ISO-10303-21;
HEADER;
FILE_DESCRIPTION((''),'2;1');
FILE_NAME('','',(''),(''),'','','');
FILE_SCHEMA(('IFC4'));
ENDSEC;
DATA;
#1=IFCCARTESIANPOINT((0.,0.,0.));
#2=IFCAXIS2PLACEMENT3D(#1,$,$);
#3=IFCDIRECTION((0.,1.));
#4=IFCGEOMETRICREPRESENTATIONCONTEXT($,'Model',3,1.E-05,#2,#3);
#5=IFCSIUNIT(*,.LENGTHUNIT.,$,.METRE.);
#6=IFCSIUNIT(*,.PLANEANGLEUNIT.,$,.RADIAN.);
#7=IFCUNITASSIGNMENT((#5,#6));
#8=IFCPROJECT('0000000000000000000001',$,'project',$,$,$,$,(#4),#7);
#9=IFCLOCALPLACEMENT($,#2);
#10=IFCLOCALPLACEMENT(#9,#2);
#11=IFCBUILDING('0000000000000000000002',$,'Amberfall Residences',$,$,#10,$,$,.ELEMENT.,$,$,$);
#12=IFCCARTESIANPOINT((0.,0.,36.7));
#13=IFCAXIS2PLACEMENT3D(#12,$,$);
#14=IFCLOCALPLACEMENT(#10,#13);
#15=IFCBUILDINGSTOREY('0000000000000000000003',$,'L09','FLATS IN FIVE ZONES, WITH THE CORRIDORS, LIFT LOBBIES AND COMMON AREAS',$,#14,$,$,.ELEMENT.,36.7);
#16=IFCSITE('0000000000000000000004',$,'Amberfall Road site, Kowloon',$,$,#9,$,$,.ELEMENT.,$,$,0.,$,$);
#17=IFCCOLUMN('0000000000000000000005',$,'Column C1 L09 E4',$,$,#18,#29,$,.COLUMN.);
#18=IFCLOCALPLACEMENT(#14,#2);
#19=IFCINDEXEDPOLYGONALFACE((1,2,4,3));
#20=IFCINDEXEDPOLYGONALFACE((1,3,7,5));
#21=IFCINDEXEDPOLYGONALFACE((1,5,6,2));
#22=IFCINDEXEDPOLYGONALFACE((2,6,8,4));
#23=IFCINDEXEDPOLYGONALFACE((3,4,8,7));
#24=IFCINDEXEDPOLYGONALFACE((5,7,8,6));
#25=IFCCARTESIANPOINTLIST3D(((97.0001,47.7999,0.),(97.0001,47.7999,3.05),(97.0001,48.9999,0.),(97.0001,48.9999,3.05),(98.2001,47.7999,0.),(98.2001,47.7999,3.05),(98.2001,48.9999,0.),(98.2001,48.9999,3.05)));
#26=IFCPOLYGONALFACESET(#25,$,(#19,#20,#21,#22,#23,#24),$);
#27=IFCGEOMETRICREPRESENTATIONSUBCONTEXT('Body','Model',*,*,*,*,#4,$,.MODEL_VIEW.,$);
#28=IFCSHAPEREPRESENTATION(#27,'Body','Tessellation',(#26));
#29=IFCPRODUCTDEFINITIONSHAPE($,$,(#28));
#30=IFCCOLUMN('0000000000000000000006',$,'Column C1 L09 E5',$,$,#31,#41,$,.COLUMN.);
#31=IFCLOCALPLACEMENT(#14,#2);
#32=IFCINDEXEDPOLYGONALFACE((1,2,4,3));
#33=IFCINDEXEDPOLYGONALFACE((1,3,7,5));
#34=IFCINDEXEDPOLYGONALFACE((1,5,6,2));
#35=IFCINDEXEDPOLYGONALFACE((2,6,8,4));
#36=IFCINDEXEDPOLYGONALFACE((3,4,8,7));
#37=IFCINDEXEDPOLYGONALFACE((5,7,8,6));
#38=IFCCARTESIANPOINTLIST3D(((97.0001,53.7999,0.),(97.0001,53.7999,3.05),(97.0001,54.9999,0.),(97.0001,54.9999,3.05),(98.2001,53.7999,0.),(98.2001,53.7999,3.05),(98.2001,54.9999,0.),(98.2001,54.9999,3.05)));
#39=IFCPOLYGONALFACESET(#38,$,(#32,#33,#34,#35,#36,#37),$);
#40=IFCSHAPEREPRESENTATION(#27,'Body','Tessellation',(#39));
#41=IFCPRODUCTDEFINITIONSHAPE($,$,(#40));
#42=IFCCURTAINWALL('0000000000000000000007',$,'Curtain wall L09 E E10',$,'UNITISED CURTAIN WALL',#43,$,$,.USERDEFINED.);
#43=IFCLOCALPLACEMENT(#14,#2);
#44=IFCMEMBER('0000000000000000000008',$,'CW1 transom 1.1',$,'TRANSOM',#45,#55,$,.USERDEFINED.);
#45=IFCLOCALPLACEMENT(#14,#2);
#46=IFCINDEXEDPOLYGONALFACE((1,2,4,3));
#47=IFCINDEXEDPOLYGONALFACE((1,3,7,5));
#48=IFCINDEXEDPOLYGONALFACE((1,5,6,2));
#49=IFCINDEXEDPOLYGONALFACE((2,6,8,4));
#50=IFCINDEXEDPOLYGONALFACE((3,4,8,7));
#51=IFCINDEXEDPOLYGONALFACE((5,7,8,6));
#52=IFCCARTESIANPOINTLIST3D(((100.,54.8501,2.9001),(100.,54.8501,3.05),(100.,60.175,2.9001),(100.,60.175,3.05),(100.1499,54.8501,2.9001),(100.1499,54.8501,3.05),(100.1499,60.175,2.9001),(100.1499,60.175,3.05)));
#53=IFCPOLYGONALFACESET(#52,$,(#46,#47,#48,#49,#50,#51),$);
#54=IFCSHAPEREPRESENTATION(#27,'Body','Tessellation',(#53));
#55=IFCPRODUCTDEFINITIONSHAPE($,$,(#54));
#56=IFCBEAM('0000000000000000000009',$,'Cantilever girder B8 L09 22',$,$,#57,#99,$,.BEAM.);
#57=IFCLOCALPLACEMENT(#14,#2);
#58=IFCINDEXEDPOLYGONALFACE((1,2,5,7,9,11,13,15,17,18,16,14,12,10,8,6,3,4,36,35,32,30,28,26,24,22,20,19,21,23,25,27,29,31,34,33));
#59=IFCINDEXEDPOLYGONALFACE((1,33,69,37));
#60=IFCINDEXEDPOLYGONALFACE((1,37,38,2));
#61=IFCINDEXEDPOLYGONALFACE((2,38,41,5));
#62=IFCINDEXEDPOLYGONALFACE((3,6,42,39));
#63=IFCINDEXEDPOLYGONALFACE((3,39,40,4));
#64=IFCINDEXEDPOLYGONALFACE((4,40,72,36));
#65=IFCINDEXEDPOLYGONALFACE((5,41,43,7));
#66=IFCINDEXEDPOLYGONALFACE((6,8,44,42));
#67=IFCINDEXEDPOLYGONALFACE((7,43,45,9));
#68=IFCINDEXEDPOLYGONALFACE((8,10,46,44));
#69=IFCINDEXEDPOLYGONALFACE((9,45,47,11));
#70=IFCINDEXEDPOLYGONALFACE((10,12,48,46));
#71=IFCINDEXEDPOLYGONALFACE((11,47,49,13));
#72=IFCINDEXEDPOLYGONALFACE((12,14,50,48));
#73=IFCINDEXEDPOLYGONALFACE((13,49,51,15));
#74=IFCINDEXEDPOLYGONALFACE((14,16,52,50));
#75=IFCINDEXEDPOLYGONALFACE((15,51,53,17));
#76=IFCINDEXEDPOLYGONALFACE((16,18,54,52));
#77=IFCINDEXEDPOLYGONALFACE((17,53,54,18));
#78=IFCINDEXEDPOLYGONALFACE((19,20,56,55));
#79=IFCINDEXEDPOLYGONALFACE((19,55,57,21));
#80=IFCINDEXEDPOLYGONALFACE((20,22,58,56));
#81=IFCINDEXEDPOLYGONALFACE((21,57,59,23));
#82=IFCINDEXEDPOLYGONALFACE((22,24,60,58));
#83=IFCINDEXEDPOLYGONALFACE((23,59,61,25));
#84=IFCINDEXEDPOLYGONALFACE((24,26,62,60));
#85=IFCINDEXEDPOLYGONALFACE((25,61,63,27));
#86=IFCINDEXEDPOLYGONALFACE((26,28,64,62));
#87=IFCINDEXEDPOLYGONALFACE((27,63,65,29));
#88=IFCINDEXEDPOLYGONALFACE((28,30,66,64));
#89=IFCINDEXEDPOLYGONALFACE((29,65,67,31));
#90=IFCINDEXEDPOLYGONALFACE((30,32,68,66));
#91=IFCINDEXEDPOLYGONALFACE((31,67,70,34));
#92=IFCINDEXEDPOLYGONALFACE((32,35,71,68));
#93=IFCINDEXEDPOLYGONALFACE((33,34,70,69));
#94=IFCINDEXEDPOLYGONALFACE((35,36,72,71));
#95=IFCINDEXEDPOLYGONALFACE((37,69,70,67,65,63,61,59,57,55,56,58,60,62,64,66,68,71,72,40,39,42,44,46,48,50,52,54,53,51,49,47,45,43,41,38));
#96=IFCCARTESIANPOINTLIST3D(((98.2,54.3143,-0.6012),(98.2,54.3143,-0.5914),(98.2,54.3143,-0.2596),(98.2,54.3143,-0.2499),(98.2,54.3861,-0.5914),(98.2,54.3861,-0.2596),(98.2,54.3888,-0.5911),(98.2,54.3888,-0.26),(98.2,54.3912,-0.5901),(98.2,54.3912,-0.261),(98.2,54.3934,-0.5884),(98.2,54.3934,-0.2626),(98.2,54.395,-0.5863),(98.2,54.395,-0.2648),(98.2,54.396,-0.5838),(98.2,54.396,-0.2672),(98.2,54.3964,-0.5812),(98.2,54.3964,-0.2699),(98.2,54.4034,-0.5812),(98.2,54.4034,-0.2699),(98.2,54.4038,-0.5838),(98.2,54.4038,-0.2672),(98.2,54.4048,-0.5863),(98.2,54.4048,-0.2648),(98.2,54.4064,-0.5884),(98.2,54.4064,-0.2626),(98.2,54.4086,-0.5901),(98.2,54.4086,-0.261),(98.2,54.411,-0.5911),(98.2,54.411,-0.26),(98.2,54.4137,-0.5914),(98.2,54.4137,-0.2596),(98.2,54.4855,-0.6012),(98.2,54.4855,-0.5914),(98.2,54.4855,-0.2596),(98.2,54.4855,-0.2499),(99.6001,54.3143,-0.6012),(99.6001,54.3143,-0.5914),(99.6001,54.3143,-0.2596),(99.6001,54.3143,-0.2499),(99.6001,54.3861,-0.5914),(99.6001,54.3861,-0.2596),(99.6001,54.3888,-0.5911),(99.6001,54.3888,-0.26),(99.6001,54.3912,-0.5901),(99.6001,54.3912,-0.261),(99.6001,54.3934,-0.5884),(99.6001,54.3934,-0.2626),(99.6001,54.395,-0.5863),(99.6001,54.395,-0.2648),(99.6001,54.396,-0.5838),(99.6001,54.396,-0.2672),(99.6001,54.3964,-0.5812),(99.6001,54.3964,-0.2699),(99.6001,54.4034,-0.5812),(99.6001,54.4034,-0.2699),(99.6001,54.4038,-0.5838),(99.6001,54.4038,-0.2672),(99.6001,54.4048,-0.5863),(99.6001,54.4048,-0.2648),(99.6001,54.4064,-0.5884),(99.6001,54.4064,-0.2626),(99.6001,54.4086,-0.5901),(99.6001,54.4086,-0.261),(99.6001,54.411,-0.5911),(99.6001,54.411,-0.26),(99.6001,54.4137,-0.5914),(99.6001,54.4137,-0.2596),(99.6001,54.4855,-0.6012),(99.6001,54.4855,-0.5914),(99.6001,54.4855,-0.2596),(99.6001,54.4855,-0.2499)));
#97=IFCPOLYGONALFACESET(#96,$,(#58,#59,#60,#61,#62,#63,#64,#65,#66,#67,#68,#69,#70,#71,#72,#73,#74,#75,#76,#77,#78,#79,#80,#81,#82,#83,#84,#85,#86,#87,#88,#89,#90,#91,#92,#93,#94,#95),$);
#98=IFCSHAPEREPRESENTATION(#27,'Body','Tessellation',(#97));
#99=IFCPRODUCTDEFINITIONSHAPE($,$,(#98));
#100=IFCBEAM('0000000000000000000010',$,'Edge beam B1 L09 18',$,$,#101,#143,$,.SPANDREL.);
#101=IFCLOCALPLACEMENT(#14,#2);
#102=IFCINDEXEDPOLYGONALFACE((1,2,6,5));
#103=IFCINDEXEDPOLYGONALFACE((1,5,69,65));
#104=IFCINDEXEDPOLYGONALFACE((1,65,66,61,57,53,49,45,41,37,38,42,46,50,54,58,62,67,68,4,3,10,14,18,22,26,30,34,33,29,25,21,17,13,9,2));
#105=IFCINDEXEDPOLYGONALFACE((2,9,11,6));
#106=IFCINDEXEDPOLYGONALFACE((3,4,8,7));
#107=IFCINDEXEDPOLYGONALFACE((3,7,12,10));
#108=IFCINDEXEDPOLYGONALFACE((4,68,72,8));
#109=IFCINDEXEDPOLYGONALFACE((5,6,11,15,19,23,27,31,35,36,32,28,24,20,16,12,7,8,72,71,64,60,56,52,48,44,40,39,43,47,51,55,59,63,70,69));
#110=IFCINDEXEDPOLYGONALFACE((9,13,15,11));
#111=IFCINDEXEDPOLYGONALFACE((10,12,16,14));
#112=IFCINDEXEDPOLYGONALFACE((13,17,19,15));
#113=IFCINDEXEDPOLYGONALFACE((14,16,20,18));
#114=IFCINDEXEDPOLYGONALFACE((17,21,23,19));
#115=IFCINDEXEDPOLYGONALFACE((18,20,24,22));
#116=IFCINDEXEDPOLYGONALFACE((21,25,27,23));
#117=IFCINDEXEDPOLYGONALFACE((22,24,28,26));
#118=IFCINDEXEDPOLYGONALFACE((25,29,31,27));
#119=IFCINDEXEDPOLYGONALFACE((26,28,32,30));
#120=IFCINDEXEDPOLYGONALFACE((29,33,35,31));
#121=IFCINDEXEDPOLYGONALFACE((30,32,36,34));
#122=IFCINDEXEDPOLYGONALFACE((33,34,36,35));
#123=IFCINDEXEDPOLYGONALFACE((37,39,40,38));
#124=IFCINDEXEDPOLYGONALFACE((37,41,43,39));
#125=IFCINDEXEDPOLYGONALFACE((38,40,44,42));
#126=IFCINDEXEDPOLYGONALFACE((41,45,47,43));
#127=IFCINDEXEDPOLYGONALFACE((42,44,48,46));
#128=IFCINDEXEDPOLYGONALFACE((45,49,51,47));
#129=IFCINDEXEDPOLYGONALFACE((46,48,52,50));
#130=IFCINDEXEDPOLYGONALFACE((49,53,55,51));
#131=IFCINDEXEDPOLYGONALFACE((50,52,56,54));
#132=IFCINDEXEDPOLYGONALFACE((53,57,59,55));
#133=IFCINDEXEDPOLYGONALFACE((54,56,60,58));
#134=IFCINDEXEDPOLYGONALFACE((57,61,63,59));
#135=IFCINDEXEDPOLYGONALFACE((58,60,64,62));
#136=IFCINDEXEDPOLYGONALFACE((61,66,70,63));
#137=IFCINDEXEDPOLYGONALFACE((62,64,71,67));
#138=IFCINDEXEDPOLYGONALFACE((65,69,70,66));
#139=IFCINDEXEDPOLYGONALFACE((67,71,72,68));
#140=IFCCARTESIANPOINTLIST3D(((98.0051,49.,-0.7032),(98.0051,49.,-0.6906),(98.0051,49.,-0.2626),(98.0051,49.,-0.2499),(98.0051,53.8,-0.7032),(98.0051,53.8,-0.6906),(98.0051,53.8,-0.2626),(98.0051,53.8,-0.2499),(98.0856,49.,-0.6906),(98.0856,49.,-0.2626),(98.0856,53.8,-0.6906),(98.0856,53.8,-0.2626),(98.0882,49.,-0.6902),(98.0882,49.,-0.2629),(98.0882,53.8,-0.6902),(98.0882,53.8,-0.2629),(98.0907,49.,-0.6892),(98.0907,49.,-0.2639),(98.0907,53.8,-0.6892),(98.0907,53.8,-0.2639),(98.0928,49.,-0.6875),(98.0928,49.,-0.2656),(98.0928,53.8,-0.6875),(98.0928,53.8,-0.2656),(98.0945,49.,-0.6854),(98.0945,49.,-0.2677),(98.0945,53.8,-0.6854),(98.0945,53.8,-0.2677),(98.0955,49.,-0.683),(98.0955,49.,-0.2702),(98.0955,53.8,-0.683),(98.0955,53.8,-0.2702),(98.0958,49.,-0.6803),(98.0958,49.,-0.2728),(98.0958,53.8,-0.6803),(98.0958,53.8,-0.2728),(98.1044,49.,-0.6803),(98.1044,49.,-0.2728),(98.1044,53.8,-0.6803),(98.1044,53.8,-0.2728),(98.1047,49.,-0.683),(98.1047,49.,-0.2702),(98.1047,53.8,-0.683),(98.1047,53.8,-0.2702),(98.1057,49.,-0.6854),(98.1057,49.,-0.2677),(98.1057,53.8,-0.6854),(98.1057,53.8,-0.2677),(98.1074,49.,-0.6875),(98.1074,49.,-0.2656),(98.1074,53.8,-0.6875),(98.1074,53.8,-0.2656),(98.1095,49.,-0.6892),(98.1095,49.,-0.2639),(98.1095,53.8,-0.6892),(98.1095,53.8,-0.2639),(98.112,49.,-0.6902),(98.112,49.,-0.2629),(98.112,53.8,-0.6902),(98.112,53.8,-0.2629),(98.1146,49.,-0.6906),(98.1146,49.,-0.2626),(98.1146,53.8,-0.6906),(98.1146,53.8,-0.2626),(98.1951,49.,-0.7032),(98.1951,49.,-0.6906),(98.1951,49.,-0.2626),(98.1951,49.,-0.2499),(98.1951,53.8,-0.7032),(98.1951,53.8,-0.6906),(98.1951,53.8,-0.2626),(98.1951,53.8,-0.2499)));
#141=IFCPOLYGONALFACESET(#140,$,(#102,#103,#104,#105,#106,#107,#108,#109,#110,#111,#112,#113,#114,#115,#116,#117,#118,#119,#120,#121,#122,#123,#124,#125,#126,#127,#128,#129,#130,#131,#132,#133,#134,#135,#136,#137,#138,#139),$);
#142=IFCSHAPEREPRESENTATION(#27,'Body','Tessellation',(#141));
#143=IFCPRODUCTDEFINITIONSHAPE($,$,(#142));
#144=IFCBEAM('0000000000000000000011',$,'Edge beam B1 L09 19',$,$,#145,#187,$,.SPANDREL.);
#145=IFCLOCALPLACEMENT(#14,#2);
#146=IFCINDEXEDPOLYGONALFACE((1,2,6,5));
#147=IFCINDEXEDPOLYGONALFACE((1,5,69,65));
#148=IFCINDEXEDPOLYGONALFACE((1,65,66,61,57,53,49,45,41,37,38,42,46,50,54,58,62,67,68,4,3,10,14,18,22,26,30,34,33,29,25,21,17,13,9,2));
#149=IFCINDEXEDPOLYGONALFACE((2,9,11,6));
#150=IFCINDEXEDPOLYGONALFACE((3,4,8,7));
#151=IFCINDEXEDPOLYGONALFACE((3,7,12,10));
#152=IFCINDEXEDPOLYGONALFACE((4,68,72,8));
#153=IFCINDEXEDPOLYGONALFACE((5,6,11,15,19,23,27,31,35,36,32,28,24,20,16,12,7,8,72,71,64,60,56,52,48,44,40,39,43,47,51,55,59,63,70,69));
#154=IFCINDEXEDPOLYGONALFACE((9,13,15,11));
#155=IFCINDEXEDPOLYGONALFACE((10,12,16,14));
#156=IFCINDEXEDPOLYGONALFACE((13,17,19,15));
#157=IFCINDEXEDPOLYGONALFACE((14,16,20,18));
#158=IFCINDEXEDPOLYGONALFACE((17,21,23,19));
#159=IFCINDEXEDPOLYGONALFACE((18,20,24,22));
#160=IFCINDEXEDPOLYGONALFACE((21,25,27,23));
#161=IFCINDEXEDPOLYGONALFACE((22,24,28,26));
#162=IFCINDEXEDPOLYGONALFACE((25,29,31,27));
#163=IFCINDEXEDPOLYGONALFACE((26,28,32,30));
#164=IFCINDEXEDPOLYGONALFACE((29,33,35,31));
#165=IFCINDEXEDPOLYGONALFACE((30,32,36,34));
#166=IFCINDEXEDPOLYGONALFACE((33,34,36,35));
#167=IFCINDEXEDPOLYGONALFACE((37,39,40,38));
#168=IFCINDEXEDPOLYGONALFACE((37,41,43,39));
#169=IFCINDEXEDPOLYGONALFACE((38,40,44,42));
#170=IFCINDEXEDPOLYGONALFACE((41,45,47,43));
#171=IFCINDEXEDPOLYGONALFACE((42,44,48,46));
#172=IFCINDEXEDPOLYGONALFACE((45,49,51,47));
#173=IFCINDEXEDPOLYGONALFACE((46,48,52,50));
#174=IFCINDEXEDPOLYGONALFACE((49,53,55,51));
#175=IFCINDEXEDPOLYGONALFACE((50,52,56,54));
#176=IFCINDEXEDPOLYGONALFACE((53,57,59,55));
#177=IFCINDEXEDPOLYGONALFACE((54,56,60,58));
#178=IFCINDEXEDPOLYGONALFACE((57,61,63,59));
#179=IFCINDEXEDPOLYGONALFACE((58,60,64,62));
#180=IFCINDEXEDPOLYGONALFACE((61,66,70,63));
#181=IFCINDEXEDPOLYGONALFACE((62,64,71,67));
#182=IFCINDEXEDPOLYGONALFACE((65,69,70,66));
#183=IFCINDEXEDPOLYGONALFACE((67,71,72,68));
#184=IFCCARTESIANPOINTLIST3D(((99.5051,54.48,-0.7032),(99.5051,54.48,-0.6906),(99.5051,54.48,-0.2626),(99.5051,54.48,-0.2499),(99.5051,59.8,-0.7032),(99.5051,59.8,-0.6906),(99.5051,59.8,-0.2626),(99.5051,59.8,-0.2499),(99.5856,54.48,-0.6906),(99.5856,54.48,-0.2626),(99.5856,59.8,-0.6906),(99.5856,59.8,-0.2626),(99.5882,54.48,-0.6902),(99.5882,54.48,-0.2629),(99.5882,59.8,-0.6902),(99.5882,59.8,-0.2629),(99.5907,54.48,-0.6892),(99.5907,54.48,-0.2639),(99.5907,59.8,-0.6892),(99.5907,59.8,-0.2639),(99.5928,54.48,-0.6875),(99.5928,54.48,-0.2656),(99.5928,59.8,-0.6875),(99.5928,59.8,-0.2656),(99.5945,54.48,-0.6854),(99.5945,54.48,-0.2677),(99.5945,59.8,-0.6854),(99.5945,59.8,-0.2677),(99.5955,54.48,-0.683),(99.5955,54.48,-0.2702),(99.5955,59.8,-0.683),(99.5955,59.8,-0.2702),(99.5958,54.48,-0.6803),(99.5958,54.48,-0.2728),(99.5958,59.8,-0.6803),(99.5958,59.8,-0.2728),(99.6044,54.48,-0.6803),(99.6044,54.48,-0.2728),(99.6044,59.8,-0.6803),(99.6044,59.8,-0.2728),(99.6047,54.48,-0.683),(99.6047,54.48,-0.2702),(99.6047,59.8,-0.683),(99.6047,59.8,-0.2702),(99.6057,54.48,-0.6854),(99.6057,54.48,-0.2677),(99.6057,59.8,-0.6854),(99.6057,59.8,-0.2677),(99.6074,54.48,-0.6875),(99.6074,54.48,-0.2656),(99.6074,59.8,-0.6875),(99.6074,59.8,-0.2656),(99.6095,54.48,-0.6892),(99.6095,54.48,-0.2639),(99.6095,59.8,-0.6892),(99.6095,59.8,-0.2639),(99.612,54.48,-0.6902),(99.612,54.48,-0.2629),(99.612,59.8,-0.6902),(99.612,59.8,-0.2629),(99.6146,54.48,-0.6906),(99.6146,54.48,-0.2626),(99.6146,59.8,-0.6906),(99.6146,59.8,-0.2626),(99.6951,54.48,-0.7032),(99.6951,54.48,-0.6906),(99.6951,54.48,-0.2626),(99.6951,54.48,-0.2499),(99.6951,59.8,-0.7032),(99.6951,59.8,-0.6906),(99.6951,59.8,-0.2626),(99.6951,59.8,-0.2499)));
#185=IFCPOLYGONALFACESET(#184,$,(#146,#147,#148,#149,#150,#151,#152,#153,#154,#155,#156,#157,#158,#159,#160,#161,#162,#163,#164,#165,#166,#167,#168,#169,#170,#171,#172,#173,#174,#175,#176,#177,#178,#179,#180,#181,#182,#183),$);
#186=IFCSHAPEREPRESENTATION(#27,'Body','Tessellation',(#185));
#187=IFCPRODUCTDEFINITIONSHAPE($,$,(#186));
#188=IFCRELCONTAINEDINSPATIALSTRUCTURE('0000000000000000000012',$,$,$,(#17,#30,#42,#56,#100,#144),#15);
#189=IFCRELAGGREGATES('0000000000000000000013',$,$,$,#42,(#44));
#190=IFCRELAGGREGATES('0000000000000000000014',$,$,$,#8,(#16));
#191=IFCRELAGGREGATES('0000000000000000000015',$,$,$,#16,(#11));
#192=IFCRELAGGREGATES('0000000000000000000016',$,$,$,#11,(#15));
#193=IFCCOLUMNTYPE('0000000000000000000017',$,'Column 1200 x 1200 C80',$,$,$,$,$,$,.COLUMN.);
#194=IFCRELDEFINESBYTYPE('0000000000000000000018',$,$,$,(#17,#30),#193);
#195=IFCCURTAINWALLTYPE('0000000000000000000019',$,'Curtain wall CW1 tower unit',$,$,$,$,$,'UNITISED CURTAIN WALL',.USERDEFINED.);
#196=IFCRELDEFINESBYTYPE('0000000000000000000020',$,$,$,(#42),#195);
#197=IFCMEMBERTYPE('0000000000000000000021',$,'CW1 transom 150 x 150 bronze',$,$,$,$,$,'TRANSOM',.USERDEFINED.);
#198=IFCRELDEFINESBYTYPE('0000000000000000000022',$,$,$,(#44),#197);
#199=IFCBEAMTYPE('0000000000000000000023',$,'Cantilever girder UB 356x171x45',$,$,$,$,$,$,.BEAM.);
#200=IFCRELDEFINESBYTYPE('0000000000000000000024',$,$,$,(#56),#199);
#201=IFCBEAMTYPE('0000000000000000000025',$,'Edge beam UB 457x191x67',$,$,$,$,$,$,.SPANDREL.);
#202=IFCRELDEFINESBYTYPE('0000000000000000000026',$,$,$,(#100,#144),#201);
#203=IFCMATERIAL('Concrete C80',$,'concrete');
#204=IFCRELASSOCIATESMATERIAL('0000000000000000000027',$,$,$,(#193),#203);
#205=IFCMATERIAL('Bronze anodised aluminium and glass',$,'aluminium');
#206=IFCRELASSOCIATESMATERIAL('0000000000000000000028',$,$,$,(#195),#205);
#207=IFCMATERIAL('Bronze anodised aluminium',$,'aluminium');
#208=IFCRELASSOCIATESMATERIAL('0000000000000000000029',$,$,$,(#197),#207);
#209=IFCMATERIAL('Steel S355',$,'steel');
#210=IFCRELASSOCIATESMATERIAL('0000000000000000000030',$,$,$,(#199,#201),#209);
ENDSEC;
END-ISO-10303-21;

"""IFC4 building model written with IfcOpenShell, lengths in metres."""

from ifc_helpers import new_model, si_unit, direction, frame, origin, origin_2d, place, context, subcontext, project, spatial, rectangle, i_section, extrude, material, material_profile, profile_set, type_object, element, aggregate, save


model = new_model("IFC4")

# Units and contexts
model_context = context("Model", 3, precision=1e-05, world=origin(), true_north=direction((0.0, 1.0)))
body_context = subcontext(model_context, "Body", "Model", "MODEL_VIEW")
ifc_project = project(units=[si_unit("LENGTHUNIT", "METRE"), si_unit("PLANEANGLEUNIT", "RADIAN")], contexts=[model_context])

# Site, building, storey
site_placement = place(None, origin())
site = spatial("IfcSite", under=ifc_project, at=site_placement, Name="Amberfall Road site, Kowloon", CompositionType="ELEMENT", RefElevation=0.0)
building_placement = place(site_placement, origin())
building = spatial("IfcBuilding", under=site, at=building_placement, Name="Amberfall Residences", CompositionType="ELEMENT")
storey_placement = place(building_placement, frame((0.0, 0.0, 36.7)))
storey = spatial("IfcBuildingStorey", under=building, at=storey_placement, Name="L09", Description="FLATS IN FIVE ZONES, WITH THE CORRIDORS, LIFT LOBBIES AND COMMON AREAS", CompositionType="ELEMENT", Elevation=36.7)

# Columns
ifc_material_1 = material(Name="Concrete C80", Category="concrete")
ifc_material_profile_1 = material_profile(ifc_material_1, rectangle(XDim=1.2, YDim=1.2, at=origin_2d()), Name="Column 1200 x 1200 C80")
ifc_profile_set_1 = profile_set([ifc_material_profile_1], Name="Concrete C80")
column_type = type_object("IfcColumnType", Name="Column 1200 x 1200 C80", PredefinedType="COLUMN", material=ifc_profile_set_1)
for number, where, z_axis, x_axis, name in (
    (1, (97.6001, 48.3999, 0.0), (0.0, 0.0, 1.0), (1.0, 0.0, 0.0), "Column C1 L09 E4"),
    (2, (97.6001, 54.3999, 0.0), (0.0, 0.0, 1.0), (1.0, 0.0, 0.0), "Column C1 L09 E5"),
):
    element("IfcColumn", number, at=place(storey_placement, frame(where, z_axis=z_axis, x_axis=x_axis)), inside=storey, type_object=column_type, Name=name, PredefinedType="COLUMN", context=body_context, shape_type="SweptSolid", body=[
        extrude(rectangle(XDim=1.2, YDim=1.2, at=origin_2d()), origin(), (0.0, 0.0, 1.0), 3.05),
    ])

# Curtain wall, member
ifc_material_2 = material(Name="Bronze anodised aluminium and glass", Category="aluminium")
curtain_wall_type = type_object("IfcCurtainWallType", Name="Curtain wall CW1 tower unit", ElementType="UNITISED CURTAIN WALL", PredefinedType="USERDEFINED", material=ifc_material_2)
curtain_wall_placement = place(storey_placement, origin())
curtain_wall = element("IfcCurtainWall", 3, at=curtain_wall_placement, inside=storey, type_object=curtain_wall_type, Name="Curtain wall L09 E E10", ObjectType="UNITISED CURTAIN WALL", PredefinedType="USERDEFINED")
ifc_material_3 = material(Name="Bronze anodised aluminium", Category="aluminium")
ifc_material_profile_2 = material_profile(ifc_material_3, rectangle(XDim=0.1499, YDim=0.1499, at=origin_2d()), Name="CW1 transom 150 x 150 bronze")
ifc_profile_set_2 = profile_set([ifc_material_profile_2], Name="Bronze anodised aluminium")
member_type_1 = type_object("IfcMemberType", Name="CW1 transom 150 x 150 bronze", ElementType="TRANSOM", PredefinedType="USERDEFINED", material=ifc_profile_set_2)
member_1_placement = place(storey_placement, frame((100.075, 54.8501, 2.9751), z_axis=(0.0, 1.0, 0.0), x_axis=(-1.0, 0.0, 0.0)))
member_1 = element("IfcMember", 4, at=member_1_placement, type_object=member_type_1, Name="CW1 transom 1.1", ObjectType="TRANSOM", PredefinedType="USERDEFINED", context=body_context, shape_type="SweptSolid", body=[
    extrude(rectangle(XDim=0.1499, YDim=0.1499, at=origin_2d()), origin(), (0.0, 0.0, 1.0), 5.325),
])

# Beams
ifc_material_4 = material(Name="Steel S355", Category="steel")
ifc_material_profile_3 = material_profile(ifc_material_4, i_section(OverallWidth=0.1711, OverallDepth=0.3513, WebThickness=0.0071, FlangeThickness=0.0098, FilletRadius=0.0103, at=origin_2d()), Name="UB 356x171x45")
ifc_profile_set_3 = profile_set([ifc_material_profile_3], Name="Steel S355")
beam_type_1 = type_object("IfcBeamType", Name="Cantilever girder UB 356x171x45", PredefinedType="BEAM", material=ifc_profile_set_3)
beam_1_placement = place(storey_placement, frame((98.2, 54.3999, -0.4255), z_axis=(1.0, 0.0, 0.0), x_axis=(0.0, 1.0, 0.0)))
element("IfcBeam", 5, at=beam_1_placement, inside=storey, type_object=beam_type_1, Name="Cantilever girder B8 L09 22", PredefinedType="BEAM", context=body_context, shape_type="SweptSolid", body=[
    extrude(i_section(OverallWidth=0.1711, OverallDepth=0.3513, WebThickness=0.0071, FlangeThickness=0.0098, FilletRadius=0.0103, at=origin_2d()), origin(), (0.0, 0.0, 1.0), 1.4001),
])
ifc_material_profile_4 = material_profile(ifc_material_4, i_section(OverallWidth=0.1899, OverallDepth=0.4534, WebThickness=0.0085, FlangeThickness=0.0127, FilletRadius=0.0103, at=origin_2d()), Name="UB 457x191x67")
ifc_profile_set_4 = profile_set([ifc_material_profile_4], Name="Steel S355")
beam_type_2 = type_object("IfcBeamType", Name="Edge beam UB 457x191x67", PredefinedType="SPANDREL", material=ifc_profile_set_4)
beam_2_placement = place(storey_placement, frame((98.1001, 49.0, -0.4766), z_axis=(0.0, 1.0, 0.0), x_axis=(-1.0, 0.0, 0.0)))
element("IfcBeam", 6, at=beam_2_placement, inside=storey, type_object=beam_type_2, Name="Edge beam B1 L09 18", PredefinedType="SPANDREL", context=body_context, shape_type="SweptSolid", body=[
    extrude(i_section(OverallWidth=0.1899, OverallDepth=0.4534, WebThickness=0.0085, FlangeThickness=0.0127, FilletRadius=0.0103, at=origin_2d()), origin(), (0.0, 0.0, 1.0), 4.8),
])
beam_3_placement = place(storey_placement, frame((99.6001, 54.48, -0.4766), z_axis=(0.0, 1.0, 0.0), x_axis=(-1.0, 0.0, 0.0)))
element("IfcBeam", 7, at=beam_3_placement, inside=storey, type_object=beam_type_2, Name="Edge beam B1 L09 19", PredefinedType="SPANDREL", context=body_context, shape_type="SweptSolid", body=[
    extrude(i_section(OverallWidth=0.1899, OverallDepth=0.4534, WebThickness=0.0085, FlangeThickness=0.0127, FilletRadius=0.0103, at=origin_2d()), origin(), (0.0, 0.0, 1.0), 5.3201),
])

aggregate(curtain_wall, [member_1])

save(model, "model.ifc")
